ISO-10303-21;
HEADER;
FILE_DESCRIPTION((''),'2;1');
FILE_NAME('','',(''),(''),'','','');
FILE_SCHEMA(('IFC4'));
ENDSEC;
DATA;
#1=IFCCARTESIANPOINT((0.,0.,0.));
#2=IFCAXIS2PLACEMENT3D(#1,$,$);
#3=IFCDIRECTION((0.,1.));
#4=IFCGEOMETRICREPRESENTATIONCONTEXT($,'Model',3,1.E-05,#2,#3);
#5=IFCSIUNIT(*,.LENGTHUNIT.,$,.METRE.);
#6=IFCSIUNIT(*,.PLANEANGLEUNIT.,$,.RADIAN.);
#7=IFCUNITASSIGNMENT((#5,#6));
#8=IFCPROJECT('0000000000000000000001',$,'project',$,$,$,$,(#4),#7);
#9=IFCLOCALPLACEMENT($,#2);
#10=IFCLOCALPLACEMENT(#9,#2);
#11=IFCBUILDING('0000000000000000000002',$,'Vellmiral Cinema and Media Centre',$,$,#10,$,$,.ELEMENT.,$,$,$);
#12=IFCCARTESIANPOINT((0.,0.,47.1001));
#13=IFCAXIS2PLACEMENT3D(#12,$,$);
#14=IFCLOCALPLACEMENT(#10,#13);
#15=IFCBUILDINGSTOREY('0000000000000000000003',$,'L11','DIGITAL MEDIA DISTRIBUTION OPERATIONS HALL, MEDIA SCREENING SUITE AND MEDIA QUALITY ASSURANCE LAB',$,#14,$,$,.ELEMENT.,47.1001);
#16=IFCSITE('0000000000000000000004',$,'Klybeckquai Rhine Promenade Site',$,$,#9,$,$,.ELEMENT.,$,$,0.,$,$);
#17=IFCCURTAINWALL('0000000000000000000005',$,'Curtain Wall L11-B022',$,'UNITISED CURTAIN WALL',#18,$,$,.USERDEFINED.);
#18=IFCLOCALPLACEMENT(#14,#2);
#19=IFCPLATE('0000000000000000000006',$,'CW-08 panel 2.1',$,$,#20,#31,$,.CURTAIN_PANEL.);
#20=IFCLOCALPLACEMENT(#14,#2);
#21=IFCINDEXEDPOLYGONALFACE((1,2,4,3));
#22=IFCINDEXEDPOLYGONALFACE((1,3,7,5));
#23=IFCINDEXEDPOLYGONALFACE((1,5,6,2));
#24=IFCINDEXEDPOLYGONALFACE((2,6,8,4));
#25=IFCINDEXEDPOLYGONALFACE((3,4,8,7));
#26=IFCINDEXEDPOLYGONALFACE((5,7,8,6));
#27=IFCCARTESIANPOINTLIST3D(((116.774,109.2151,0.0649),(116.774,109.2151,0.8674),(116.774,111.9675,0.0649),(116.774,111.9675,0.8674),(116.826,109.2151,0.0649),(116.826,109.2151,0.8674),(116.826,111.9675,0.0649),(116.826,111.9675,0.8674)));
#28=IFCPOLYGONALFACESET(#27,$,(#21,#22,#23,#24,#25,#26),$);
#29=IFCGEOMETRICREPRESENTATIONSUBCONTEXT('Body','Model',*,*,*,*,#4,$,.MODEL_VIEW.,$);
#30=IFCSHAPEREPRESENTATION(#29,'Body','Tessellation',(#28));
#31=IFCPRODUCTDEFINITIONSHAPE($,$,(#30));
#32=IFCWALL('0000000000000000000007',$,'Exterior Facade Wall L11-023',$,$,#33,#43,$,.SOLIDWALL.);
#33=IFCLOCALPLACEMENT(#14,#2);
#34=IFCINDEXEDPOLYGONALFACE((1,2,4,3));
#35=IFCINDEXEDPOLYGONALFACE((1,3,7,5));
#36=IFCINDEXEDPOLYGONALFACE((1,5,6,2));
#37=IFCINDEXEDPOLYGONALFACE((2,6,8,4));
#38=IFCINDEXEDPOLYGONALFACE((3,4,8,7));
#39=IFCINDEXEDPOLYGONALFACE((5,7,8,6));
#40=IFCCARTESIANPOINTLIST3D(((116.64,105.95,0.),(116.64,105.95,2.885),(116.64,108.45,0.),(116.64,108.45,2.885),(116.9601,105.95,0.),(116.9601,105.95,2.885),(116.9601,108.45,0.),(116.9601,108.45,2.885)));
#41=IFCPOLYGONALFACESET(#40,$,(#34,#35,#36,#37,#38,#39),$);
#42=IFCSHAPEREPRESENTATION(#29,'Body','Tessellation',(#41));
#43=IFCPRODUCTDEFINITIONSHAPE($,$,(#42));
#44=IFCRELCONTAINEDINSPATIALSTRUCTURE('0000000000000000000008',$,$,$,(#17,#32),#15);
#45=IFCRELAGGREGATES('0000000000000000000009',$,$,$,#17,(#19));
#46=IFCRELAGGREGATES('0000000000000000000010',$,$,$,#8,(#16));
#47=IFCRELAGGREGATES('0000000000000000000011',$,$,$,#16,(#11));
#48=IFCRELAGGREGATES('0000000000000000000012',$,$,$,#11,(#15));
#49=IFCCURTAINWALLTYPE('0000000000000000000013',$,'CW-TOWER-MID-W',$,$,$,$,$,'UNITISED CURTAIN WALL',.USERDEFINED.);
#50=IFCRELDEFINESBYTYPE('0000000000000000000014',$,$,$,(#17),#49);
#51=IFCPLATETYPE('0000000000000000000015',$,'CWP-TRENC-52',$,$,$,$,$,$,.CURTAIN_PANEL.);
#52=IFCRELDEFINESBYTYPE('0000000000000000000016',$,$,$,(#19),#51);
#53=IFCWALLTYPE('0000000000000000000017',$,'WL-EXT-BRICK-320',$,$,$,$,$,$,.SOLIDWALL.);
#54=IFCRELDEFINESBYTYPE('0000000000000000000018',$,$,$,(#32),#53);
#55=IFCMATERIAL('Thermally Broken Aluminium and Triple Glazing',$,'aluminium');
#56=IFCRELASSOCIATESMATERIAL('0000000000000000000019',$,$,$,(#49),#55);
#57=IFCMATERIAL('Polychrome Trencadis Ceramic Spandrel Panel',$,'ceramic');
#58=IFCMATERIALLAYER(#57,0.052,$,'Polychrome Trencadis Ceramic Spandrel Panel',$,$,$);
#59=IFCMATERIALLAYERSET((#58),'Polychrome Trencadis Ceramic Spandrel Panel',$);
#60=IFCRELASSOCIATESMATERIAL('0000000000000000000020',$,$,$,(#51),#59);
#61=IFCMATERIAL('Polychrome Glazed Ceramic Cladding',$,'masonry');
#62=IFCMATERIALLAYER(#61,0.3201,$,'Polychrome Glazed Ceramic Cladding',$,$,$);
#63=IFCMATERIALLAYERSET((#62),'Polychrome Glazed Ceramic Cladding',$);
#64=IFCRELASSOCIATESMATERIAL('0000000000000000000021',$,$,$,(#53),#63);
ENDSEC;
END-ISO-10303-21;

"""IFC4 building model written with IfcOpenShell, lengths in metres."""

from ifc_helpers import new_model, si_unit, direction, frame, frame_2d, origin, origin_2d, place, context, subcontext, project, spatial, rectangle, extrude, material, layer, layer_set, type_object, element, aggregate, save


model = new_model("IFC4")

# Units and contexts
model_context = context("Model", 3, precision=1e-05, world=origin(), true_north=direction((0.0, 1.0)))
body_context = subcontext(model_context, "Body", "Model", "MODEL_VIEW")
ifc_project = project(units=[si_unit("LENGTHUNIT", "METRE"), si_unit("PLANEANGLEUNIT", "RADIAN")], contexts=[model_context])

# Site, building, storey
site_placement = place(None, origin())
site = spatial("IfcSite", under=ifc_project, at=site_placement, Name="Klybeckquai Rhine Promenade Site", CompositionType="ELEMENT", RefElevation=0.0)
building_placement = place(site_placement, origin())
building = spatial("IfcBuilding", under=site, at=building_placement, Name="Vellmiral Cinema and Media Centre", CompositionType="ELEMENT")
storey_placement = place(building_placement, frame((0.0, 0.0, 47.1001)))
storey = spatial("IfcBuildingStorey", under=building, at=storey_placement, Name="L11", Description="DIGITAL MEDIA DISTRIBUTION OPERATIONS HALL, MEDIA SCREENING SUITE AND MEDIA QUALITY ASSURANCE LAB", CompositionType="ELEMENT", Elevation=47.1001)

# Curtain wall
ifc_material_1 = material(Name="Thermally Broken Aluminium and Triple Glazing", Category="aluminium")
curtain_wall_type = type_object("IfcCurtainWallType", Name="CW-TOWER-MID-W", ElementType="UNITISED CURTAIN WALL", PredefinedType="USERDEFINED", material=ifc_material_1)
curtain_wall_1_placement = place(storey_placement, origin())
curtain_wall_1 = element("IfcCurtainWall", 1, at=curtain_wall_1_placement, inside=storey, type_object=curtain_wall_type, Name="Curtain Wall L11-B022", ObjectType="UNITISED CURTAIN WALL", PredefinedType="USERDEFINED")

# Plate
ifc_material_2 = material(Name="Polychrome Trencadis Ceramic Spandrel Panel", Category="ceramic")
ifc_layer_1 = layer(ifc_material_2, 0.052, Name="Polychrome Trencadis Ceramic Spandrel Panel")
ifc_layer_set_1 = layer_set([ifc_layer_1], Name="Polychrome Trencadis Ceramic Spandrel Panel")
plate_type_1 = type_object("IfcPlateType", Name="CWP-TRENC-52", PredefinedType="CURTAIN_PANEL", material=ifc_layer_set_1)
plate_1_placement = place(storey_placement, frame((116.8, 110.5913, 0.0649), z_axis=(0.0, 0.0, 1.0), x_axis=(0.0, -1.0, 0.0)))
plate_1 = element("IfcPlate", 2, at=plate_1_placement, type_object=plate_type_1, Name="CW-08 panel 2.1", PredefinedType="CURTAIN_PANEL", context=body_context, shape_type="SweptSolid", body=[
    extrude(rectangle(XDim=2.7524, YDim=0.052, at=origin_2d()), origin(), (0.0, 0.0, 1.0), 0.8025),
])
aggregate(curtain_wall_1, [plate_1])

# Wall
ifc_material_3 = material(Name="Polychrome Glazed Ceramic Cladding", Category="masonry")
ifc_layer_2 = layer(ifc_material_3, 0.3201, Name="Polychrome Glazed Ceramic Cladding")
ifc_layer_set_2 = layer_set([ifc_layer_2], Name="Polychrome Glazed Ceramic Cladding")
wall_type = type_object("IfcWallType", Name="WL-EXT-BRICK-320", PredefinedType="SOLIDWALL", material=ifc_layer_set_2)
wall_placement = place(storey_placement, frame((116.8, 108.45, 0.0), z_axis=(0.0, 0.0, 1.0), x_axis=(0.0, -1.0, 0.0)))
element("IfcWall", 3, at=wall_placement, inside=storey, type_object=wall_type, Name="Exterior Facade Wall L11-023", PredefinedType="SOLIDWALL", context=body_context, shape_type="SweptSolid", body=[
    extrude(rectangle(XDim=2.5, YDim=0.3201, at=frame_2d((1.25, 0.0))), origin(), (0.0, 0.0, 1.0), 2.885),
])

save(model, "model.ifc")
